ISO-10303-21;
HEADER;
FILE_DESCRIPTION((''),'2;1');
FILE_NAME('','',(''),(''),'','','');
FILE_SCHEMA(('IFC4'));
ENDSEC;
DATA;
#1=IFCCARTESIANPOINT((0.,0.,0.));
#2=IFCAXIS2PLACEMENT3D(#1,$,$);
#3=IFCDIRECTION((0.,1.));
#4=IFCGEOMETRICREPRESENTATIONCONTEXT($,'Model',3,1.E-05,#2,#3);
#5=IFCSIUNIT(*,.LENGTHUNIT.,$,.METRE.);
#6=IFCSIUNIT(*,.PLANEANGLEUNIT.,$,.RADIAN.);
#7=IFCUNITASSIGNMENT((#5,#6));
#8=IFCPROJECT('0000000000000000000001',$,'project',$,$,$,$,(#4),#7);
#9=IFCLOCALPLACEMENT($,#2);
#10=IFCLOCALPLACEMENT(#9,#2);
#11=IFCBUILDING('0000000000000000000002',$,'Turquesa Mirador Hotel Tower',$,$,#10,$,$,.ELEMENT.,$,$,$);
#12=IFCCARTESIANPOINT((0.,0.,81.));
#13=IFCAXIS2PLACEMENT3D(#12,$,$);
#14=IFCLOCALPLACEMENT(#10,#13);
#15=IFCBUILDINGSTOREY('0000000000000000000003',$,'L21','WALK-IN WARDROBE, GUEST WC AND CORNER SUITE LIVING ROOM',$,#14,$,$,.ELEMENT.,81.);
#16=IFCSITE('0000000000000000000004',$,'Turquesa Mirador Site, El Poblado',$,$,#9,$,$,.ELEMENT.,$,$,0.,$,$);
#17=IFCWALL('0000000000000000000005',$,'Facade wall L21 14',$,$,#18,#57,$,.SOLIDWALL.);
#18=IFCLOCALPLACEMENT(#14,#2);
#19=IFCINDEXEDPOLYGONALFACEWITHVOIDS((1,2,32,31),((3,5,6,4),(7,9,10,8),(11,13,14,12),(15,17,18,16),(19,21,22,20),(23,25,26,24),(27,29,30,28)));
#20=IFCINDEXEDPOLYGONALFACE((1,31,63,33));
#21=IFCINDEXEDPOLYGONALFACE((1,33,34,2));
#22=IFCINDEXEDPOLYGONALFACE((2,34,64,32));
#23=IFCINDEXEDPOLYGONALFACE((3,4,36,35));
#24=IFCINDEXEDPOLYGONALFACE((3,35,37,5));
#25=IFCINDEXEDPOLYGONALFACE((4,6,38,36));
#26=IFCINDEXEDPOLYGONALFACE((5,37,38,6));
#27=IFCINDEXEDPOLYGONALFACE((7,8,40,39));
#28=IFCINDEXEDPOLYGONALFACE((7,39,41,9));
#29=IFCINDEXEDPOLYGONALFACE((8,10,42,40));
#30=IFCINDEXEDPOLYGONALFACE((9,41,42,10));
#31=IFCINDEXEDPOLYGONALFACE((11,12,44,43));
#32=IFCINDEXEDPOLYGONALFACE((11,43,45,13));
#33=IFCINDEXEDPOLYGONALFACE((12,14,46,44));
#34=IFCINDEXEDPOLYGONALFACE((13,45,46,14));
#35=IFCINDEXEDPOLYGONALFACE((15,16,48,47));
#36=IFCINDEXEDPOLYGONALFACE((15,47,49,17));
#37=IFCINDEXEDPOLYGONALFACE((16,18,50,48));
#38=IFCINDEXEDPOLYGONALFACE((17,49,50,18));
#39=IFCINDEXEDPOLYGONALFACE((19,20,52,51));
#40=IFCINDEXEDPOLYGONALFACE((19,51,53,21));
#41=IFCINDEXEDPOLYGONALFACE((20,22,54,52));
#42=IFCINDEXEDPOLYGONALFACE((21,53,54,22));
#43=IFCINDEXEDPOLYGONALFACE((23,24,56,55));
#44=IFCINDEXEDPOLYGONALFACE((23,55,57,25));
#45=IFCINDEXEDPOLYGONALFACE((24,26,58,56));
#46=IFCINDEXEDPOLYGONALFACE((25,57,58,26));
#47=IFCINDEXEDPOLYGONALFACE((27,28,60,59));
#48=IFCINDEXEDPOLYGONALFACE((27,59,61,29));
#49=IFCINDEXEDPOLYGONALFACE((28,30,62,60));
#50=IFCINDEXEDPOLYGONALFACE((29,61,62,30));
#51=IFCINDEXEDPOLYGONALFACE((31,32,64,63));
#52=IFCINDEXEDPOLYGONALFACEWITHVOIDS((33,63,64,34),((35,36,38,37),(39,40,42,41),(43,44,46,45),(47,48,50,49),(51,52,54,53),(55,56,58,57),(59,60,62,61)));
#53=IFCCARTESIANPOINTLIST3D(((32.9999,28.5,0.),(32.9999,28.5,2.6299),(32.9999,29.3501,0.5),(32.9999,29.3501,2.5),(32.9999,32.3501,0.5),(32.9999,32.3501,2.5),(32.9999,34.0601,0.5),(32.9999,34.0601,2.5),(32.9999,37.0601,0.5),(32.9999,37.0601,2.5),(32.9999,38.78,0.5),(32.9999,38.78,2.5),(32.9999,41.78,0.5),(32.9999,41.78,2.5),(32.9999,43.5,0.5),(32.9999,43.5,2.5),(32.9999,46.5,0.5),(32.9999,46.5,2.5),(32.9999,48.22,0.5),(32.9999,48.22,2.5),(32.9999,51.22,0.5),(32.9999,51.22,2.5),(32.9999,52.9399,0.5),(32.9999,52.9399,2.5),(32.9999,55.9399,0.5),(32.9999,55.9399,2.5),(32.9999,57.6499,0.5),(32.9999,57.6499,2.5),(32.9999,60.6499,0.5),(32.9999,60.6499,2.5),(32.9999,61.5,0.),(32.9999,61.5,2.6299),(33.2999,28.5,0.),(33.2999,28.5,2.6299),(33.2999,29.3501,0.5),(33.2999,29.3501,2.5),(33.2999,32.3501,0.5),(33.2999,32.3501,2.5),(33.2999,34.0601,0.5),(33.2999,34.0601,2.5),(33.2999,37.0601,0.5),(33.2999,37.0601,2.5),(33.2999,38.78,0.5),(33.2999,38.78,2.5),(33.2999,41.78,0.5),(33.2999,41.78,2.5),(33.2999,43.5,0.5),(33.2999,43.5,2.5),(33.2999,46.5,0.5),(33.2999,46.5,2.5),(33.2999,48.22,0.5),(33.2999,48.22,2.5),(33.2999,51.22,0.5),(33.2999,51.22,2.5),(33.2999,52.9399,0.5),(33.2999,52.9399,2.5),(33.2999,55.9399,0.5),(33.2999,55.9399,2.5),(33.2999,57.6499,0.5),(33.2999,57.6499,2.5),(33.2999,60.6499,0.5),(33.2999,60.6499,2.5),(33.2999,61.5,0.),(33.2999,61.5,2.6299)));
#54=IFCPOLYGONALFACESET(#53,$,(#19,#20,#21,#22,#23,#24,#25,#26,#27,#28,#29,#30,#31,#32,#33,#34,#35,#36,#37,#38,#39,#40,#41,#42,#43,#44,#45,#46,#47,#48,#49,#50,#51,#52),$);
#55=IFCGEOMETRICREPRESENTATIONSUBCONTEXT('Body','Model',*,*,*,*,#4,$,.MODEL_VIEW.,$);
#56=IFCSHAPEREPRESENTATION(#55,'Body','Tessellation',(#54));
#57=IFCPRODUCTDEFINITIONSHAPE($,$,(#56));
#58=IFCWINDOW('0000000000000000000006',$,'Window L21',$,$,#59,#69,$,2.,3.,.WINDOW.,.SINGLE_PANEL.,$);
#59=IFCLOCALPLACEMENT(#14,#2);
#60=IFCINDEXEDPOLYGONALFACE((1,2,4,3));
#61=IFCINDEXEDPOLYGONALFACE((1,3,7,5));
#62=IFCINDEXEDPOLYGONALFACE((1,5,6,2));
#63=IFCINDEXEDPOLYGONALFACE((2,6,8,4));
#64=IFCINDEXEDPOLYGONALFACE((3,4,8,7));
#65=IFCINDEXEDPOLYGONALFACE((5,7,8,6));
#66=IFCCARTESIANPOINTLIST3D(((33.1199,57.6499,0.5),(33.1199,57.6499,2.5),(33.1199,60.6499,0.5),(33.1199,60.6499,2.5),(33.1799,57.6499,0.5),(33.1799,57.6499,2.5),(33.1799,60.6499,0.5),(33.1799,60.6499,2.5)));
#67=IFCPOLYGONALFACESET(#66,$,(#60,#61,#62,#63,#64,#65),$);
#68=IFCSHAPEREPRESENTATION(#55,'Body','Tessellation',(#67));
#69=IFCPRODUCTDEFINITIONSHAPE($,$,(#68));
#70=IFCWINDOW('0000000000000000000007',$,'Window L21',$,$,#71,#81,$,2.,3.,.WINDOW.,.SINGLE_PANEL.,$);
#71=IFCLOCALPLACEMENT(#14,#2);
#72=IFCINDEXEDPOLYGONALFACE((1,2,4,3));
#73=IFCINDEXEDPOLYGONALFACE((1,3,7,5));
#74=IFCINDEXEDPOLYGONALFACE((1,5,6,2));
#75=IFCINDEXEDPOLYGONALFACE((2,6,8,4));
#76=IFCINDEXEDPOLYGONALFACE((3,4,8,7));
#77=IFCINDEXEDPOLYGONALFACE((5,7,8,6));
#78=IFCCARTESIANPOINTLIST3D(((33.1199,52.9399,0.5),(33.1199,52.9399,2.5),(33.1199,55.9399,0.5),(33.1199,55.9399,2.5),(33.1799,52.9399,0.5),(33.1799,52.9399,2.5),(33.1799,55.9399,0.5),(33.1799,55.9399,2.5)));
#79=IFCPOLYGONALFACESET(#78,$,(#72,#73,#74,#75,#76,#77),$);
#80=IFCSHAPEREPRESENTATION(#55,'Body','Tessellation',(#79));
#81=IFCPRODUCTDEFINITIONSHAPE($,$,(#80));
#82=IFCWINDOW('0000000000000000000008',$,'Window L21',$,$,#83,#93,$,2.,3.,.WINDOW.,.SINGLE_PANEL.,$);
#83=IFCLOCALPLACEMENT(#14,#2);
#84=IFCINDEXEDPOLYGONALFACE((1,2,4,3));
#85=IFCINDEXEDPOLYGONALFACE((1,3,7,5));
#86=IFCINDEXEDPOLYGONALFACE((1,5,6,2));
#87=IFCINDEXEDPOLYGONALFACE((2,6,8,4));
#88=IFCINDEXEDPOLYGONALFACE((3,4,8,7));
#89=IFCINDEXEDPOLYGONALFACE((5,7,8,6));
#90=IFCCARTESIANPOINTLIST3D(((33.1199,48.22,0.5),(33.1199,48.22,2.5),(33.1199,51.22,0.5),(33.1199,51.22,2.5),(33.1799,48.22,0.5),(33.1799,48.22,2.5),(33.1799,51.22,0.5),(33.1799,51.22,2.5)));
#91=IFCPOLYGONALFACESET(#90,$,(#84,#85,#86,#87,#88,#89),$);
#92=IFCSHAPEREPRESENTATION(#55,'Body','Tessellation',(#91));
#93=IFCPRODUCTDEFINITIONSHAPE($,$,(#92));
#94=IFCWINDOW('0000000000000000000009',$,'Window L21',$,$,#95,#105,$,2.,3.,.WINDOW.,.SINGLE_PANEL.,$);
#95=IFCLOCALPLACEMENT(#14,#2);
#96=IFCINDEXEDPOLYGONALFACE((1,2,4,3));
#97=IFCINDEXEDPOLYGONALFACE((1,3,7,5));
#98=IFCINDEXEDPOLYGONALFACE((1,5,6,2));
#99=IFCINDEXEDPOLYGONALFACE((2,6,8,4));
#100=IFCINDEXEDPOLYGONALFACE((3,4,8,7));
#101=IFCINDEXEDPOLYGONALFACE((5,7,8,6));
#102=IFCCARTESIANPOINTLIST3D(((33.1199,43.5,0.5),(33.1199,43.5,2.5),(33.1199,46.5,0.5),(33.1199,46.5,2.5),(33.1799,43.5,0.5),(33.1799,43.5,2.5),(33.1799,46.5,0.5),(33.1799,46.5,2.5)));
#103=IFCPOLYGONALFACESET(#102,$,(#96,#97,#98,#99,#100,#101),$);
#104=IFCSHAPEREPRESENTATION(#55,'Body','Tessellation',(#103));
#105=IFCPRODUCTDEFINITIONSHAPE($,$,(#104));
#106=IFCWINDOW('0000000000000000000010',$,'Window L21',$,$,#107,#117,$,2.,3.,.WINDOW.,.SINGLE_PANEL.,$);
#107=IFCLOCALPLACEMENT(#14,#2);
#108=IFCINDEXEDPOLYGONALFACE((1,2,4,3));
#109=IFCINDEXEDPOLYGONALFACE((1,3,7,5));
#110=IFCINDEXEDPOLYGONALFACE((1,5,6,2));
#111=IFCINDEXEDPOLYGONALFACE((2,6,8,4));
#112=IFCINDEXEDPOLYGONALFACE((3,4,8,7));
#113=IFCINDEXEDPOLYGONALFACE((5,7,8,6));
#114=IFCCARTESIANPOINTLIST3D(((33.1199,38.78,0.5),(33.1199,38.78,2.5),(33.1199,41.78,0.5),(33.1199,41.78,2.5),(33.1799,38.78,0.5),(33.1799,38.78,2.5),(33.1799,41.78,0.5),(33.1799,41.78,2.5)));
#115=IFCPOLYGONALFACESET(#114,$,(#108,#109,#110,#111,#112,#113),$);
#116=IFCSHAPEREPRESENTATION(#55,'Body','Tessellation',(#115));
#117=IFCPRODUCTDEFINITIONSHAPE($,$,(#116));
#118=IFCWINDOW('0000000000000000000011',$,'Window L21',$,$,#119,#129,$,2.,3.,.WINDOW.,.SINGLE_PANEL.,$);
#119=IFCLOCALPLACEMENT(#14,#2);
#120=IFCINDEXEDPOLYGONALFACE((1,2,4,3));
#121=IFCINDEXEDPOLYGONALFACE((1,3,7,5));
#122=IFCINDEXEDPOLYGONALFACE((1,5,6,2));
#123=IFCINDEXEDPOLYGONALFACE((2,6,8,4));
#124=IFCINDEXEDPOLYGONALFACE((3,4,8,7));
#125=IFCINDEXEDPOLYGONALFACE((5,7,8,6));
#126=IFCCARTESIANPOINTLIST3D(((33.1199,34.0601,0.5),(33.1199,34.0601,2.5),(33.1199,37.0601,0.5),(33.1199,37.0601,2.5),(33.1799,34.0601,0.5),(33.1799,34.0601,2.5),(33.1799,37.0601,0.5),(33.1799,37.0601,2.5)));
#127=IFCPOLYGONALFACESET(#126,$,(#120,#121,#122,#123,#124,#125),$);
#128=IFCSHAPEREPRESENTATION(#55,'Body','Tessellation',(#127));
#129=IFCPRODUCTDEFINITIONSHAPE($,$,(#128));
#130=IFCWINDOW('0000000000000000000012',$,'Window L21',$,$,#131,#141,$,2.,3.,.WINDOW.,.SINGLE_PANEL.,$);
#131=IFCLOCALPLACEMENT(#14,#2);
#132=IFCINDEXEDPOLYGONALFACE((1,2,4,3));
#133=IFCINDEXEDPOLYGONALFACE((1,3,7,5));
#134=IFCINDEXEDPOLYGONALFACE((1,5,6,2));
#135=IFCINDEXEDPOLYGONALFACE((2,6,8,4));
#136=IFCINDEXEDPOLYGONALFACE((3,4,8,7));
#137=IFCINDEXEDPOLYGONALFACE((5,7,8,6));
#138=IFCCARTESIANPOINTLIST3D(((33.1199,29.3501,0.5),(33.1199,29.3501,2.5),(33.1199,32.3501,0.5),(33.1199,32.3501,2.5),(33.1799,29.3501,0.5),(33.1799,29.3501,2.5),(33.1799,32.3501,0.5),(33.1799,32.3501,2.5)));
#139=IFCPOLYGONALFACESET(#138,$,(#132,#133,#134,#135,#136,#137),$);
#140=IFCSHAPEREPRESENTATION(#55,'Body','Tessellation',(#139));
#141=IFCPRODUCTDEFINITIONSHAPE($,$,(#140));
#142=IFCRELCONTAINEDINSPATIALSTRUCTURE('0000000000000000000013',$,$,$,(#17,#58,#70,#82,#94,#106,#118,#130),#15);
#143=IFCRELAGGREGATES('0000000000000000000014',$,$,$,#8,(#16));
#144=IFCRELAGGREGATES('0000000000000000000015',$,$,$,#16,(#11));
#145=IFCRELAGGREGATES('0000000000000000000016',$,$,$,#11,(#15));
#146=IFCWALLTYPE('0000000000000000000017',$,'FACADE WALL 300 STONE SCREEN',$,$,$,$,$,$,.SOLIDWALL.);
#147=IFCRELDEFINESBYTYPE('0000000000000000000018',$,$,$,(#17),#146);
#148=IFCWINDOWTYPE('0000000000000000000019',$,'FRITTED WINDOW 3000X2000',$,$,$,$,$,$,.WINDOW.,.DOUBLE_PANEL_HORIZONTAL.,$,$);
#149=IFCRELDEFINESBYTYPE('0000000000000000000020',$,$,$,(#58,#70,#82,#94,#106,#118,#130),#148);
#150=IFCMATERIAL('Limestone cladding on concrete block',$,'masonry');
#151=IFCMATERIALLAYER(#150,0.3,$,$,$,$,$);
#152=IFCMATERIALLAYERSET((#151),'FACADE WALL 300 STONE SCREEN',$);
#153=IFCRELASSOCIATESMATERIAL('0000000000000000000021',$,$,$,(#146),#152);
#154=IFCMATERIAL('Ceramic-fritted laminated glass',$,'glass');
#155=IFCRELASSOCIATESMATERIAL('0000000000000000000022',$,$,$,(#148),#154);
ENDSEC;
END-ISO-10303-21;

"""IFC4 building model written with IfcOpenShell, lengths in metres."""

from ifc_helpers import new_model, si_unit, direction, frame, frame_2d, origin, place, context, subcontext, project, spatial, rectangle, extrude, material, layer, layer_set, type_object, element, fill, save


model = new_model("IFC4")

# Units and contexts
model_context = context("Model", 3, precision=1e-05, world=origin(), true_north=direction((0.0, 1.0)))
body_context = subcontext(model_context, "Body", "Model", "MODEL_VIEW")
ifc_project = project(units=[si_unit("LENGTHUNIT", "METRE"), si_unit("PLANEANGLEUNIT", "RADIAN")], contexts=[model_context])

# Site, building, storey
site_placement = place(None, origin())
site = spatial("IfcSite", under=ifc_project, at=site_placement, Name="Turquesa Mirador Site, El Poblado", CompositionType="ELEMENT", RefElevation=0.0)
building_placement = place(site_placement, origin())
building = spatial("IfcBuilding", under=site, at=building_placement, Name="Turquesa Mirador Hotel Tower", CompositionType="ELEMENT")
storey_placement = place(building_placement, frame((0.0, 0.0, 81.0)))
storey = spatial("IfcBuildingStorey", under=building, at=storey_placement, Name="L21", Description="WALK-IN WARDROBE, GUEST WC AND CORNER SUITE LIVING ROOM", CompositionType="ELEMENT", Elevation=81.0)

# Shared definitions
ifc_material_1 = material(Name="Limestone cladding on concrete block", Category="masonry")
ifc_layer = layer(ifc_material_1, 0.3)
ifc_layer_set = layer_set([ifc_layer], Name="FACADE WALL 300 STONE SCREEN")
wall_type = type_object("IfcWallType", Name="FACADE WALL 300 STONE SCREEN", PredefinedType="SOLIDWALL", material=ifc_layer_set)

# Wall, openings, windows
wall_1_placement = place(storey_placement, frame((33.1499, 61.5, 0.0), z_axis=(0.0, 0.0, 1.0), x_axis=(0.0, -1.0, 0.0)))
wall_1 = element("IfcWall", 1, at=wall_1_placement, inside=storey, type_object=wall_type, Name="Facade wall L21 14", PredefinedType="SOLIDWALL", context=body_context, shape_type="SweptSolid", body=[
    extrude(rectangle(XDim=33.0, YDim=0.3, at=frame_2d((16.5, 0.0))), origin(), (0.0, 0.0, 1.0), 2.6299),
])
opening_1_placement = place(wall_1_placement, frame((0.8501, 0.0, 0.5)))
opening_1 = element("IfcOpeningElement", 2, at=opening_1_placement, cuts=wall_1, PredefinedType="OPENING", context=body_context, shape_type="SweptSolid", body=[
    extrude(rectangle(XDim=3.0, YDim=2.0, at=frame_2d((1.5, 1.0))), frame((0.0, 0.1599, 0.0), z_axis=(0.0, -1.0, 0.0), x_axis=(1.0, 0.0, 0.0)), (0.0, 0.0, 1.0), 0.3201),
])
opening_2_placement = place(wall_1_placement, frame((5.5601, 0.0, 0.5)))
opening_2 = element("IfcOpeningElement", 3, at=opening_2_placement, cuts=wall_1, PredefinedType="OPENING", context=body_context, shape_type="SweptSolid", body=[
    extrude(rectangle(XDim=3.0, YDim=2.0, at=frame_2d((1.5, 1.0))), frame((0.0, 0.1599, 0.0), z_axis=(0.0, -1.0, 0.0), x_axis=(1.0, 0.0, 0.0)), (0.0, 0.0, 1.0), 0.3201),
])
opening_3_placement = place(wall_1_placement, frame((10.28, 0.0, 0.5)))
opening_3 = element("IfcOpeningElement", 4, at=opening_3_placement, cuts=wall_1, PredefinedType="OPENING", context=body_context, shape_type="SweptSolid", body=[
    extrude(rectangle(XDim=3.0, YDim=2.0, at=frame_2d((1.5, 1.0))), frame((0.0, 0.1599, 0.0), z_axis=(0.0, -1.0, 0.0), x_axis=(1.0, 0.0, 0.0)), (0.0, 0.0, 1.0), 0.3201),
])
opening_4_placement = place(wall_1_placement, frame((15.0, 0.0, 0.5)))
opening_4 = element("IfcOpeningElement", 5, at=opening_4_placement, cuts=wall_1, PredefinedType="OPENING", context=body_context, shape_type="SweptSolid", body=[
    extrude(rectangle(XDim=3.0, YDim=2.0, at=frame_2d((1.5, 1.0))), frame((0.0, 0.1599, 0.0), z_axis=(0.0, -1.0, 0.0), x_axis=(1.0, 0.0, 0.0)), (0.0, 0.0, 1.0), 0.3201),
])
opening_5_placement = place(wall_1_placement, frame((19.72, 0.0, 0.5)))
opening_5 = element("IfcOpeningElement", 6, at=opening_5_placement, cuts=wall_1, PredefinedType="OPENING", context=body_context, shape_type="SweptSolid", body=[
    extrude(rectangle(XDim=3.0, YDim=2.0, at=frame_2d((1.5, 1.0))), frame((0.0, 0.1599, 0.0), z_axis=(0.0, -1.0, 0.0), x_axis=(1.0, 0.0, 0.0)), (0.0, 0.0, 1.0), 0.3201),
])
opening_6_placement = place(wall_1_placement, frame((24.4399, 0.0, 0.5)))
opening_6 = element("IfcOpeningElement", 7, at=opening_6_placement, cuts=wall_1, PredefinedType="OPENING", context=body_context, shape_type="SweptSolid", body=[
    extrude(rectangle(XDim=3.0, YDim=2.0, at=frame_2d((1.5, 1.0))), frame((0.0, 0.1599, 0.0), z_axis=(0.0, -1.0, 0.0), x_axis=(1.0, 0.0, 0.0)), (0.0, 0.0, 1.0), 0.3201),
])
opening_7_placement = place(wall_1_placement, frame((29.1499, 0.0, 0.5)))
opening_7 = element("IfcOpeningElement", 8, at=opening_7_placement, cuts=wall_1, PredefinedType="OPENING", context=body_context, shape_type="SweptSolid", body=[
    extrude(rectangle(XDim=3.0, YDim=2.0, at=frame_2d((1.5, 1.0))), frame((0.0, 0.1599, 0.0), z_axis=(0.0, -1.0, 0.0), x_axis=(1.0, 0.0, 0.0)), (0.0, 0.0, 1.0), 0.3201),
])
ifc_material_2 = material(Name="Ceramic-fritted laminated glass", Category="glass")
window_type_1 = type_object("IfcWindowType", Name="FRITTED WINDOW 3000X2000", PartitioningType="DOUBLE_PANEL_HORIZONTAL", PredefinedType="WINDOW", material=ifc_material_2)
window_1_placement = place(opening_1_placement, origin())
window_1 = element("IfcWindow", 9, at=window_1_placement, inside=storey, type_object=window_type_1, Name="Window L21", OverallHeight=2.0, OverallWidth=3.0, PartitioningType="SINGLE_PANEL", PredefinedType="WINDOW", context=body_context, shape_type="SweptSolid", body=[
    extrude(rectangle(XDim=3.0, YDim=2.0, at=frame_2d((1.5, 1.0))), frame((0.0, 0.03, 0.0), z_axis=(0.0, -1.0, 0.0), x_axis=(1.0, 0.0, 0.0)), (0.0, 0.0, 1.0), 0.0601),
])
fill(opening_1, window_1)
window_2_placement = place(opening_2_placement, origin())
window_2 = element("IfcWindow", 10, at=window_2_placement, inside=storey, type_object=window_type_1, Name="Window L21", OverallHeight=2.0, OverallWidth=3.0, PartitioningType="SINGLE_PANEL", PredefinedType="WINDOW", context=body_context, shape_type="SweptSolid", body=[
    extrude(rectangle(XDim=3.0, YDim=2.0, at=frame_2d((1.5, 1.0))), frame((0.0, 0.03, 0.0), z_axis=(0.0, -1.0, 0.0), x_axis=(1.0, 0.0, 0.0)), (0.0, 0.0, 1.0), 0.0601),
])
fill(opening_2, window_2)
window_3_placement = place(opening_3_placement, origin())
window_3 = element("IfcWindow", 11, at=window_3_placement, inside=storey, type_object=window_type_1, Name="Window L21", OverallHeight=2.0, OverallWidth=3.0, PartitioningType="SINGLE_PANEL", PredefinedType="WINDOW", context=body_context, shape_type="SweptSolid", body=[
    extrude(rectangle(XDim=3.0, YDim=2.0, at=frame_2d((1.5, 1.0))), frame((0.0, 0.03, 0.0), z_axis=(0.0, -1.0, 0.0), x_axis=(1.0, 0.0, 0.0)), (0.0, 0.0, 1.0), 0.0601),
])
fill(opening_3, window_3)
window_4_placement = place(opening_4_placement, origin())
window_4 = element("IfcWindow", 12, at=window_4_placement, inside=storey, type_object=window_type_1, Name="Window L21", OverallHeight=2.0, OverallWidth=3.0, PartitioningType="SINGLE_PANEL", PredefinedType="WINDOW", context=body_context, shape_type="SweptSolid", body=[
    extrude(rectangle(XDim=3.0, YDim=2.0, at=frame_2d((1.5, 1.0))), frame((0.0, 0.03, 0.0), z_axis=(0.0, -1.0, 0.0), x_axis=(1.0, 0.0, 0.0)), (0.0, 0.0, 1.0), 0.0601),
])
fill(opening_4, window_4)
window_5_placement = place(opening_5_placement, origin())
window_5 = element("IfcWindow", 13, at=window_5_placement, inside=storey, type_object=window_type_1, Name="Window L21", OverallHeight=2.0, OverallWidth=3.0, PartitioningType="SINGLE_PANEL", PredefinedType="WINDOW", context=body_context, shape_type="SweptSolid", body=[
    extrude(rectangle(XDim=3.0, YDim=2.0, at=frame_2d((1.5, 1.0))), frame((0.0, 0.03, 0.0), z_axis=(0.0, -1.0, 0.0), x_axis=(1.0, 0.0, 0.0)), (0.0, 0.0, 1.0), 0.0601),
])
fill(opening_5, window_5)
window_6_placement = place(opening_6_placement, origin())
window_6 = element("IfcWindow", 14, at=window_6_placement, inside=storey, type_object=window_type_1, Name="Window L21", OverallHeight=2.0, OverallWidth=3.0, PartitioningType="SINGLE_PANEL", PredefinedType="WINDOW", context=body_context, shape_type="SweptSolid", body=[
    extrude(rectangle(XDim=3.0, YDim=2.0, at=frame_2d((1.5, 1.0))), frame((0.0, 0.03, 0.0), z_axis=(0.0, -1.0, 0.0), x_axis=(1.0, 0.0, 0.0)), (0.0, 0.0, 1.0), 0.0601),
])
fill(opening_6, window_6)
window_7_placement = place(opening_7_placement, origin())
window_7 = element("IfcWindow", 15, at=window_7_placement, inside=storey, type_object=window_type_1, Name="Window L21", OverallHeight=2.0, OverallWidth=3.0, PartitioningType="SINGLE_PANEL", PredefinedType="WINDOW", context=body_context, shape_type="SweptSolid", body=[
    extrude(rectangle(XDim=3.0, YDim=2.0, at=frame_2d((1.5, 1.0))), frame((0.0, 0.03, 0.0), z_axis=(0.0, -1.0, 0.0), x_axis=(1.0, 0.0, 0.0)), (0.0, 0.0, 1.0), 0.0601),
])
fill(opening_7, window_7)

save(model, "model.ifc")
